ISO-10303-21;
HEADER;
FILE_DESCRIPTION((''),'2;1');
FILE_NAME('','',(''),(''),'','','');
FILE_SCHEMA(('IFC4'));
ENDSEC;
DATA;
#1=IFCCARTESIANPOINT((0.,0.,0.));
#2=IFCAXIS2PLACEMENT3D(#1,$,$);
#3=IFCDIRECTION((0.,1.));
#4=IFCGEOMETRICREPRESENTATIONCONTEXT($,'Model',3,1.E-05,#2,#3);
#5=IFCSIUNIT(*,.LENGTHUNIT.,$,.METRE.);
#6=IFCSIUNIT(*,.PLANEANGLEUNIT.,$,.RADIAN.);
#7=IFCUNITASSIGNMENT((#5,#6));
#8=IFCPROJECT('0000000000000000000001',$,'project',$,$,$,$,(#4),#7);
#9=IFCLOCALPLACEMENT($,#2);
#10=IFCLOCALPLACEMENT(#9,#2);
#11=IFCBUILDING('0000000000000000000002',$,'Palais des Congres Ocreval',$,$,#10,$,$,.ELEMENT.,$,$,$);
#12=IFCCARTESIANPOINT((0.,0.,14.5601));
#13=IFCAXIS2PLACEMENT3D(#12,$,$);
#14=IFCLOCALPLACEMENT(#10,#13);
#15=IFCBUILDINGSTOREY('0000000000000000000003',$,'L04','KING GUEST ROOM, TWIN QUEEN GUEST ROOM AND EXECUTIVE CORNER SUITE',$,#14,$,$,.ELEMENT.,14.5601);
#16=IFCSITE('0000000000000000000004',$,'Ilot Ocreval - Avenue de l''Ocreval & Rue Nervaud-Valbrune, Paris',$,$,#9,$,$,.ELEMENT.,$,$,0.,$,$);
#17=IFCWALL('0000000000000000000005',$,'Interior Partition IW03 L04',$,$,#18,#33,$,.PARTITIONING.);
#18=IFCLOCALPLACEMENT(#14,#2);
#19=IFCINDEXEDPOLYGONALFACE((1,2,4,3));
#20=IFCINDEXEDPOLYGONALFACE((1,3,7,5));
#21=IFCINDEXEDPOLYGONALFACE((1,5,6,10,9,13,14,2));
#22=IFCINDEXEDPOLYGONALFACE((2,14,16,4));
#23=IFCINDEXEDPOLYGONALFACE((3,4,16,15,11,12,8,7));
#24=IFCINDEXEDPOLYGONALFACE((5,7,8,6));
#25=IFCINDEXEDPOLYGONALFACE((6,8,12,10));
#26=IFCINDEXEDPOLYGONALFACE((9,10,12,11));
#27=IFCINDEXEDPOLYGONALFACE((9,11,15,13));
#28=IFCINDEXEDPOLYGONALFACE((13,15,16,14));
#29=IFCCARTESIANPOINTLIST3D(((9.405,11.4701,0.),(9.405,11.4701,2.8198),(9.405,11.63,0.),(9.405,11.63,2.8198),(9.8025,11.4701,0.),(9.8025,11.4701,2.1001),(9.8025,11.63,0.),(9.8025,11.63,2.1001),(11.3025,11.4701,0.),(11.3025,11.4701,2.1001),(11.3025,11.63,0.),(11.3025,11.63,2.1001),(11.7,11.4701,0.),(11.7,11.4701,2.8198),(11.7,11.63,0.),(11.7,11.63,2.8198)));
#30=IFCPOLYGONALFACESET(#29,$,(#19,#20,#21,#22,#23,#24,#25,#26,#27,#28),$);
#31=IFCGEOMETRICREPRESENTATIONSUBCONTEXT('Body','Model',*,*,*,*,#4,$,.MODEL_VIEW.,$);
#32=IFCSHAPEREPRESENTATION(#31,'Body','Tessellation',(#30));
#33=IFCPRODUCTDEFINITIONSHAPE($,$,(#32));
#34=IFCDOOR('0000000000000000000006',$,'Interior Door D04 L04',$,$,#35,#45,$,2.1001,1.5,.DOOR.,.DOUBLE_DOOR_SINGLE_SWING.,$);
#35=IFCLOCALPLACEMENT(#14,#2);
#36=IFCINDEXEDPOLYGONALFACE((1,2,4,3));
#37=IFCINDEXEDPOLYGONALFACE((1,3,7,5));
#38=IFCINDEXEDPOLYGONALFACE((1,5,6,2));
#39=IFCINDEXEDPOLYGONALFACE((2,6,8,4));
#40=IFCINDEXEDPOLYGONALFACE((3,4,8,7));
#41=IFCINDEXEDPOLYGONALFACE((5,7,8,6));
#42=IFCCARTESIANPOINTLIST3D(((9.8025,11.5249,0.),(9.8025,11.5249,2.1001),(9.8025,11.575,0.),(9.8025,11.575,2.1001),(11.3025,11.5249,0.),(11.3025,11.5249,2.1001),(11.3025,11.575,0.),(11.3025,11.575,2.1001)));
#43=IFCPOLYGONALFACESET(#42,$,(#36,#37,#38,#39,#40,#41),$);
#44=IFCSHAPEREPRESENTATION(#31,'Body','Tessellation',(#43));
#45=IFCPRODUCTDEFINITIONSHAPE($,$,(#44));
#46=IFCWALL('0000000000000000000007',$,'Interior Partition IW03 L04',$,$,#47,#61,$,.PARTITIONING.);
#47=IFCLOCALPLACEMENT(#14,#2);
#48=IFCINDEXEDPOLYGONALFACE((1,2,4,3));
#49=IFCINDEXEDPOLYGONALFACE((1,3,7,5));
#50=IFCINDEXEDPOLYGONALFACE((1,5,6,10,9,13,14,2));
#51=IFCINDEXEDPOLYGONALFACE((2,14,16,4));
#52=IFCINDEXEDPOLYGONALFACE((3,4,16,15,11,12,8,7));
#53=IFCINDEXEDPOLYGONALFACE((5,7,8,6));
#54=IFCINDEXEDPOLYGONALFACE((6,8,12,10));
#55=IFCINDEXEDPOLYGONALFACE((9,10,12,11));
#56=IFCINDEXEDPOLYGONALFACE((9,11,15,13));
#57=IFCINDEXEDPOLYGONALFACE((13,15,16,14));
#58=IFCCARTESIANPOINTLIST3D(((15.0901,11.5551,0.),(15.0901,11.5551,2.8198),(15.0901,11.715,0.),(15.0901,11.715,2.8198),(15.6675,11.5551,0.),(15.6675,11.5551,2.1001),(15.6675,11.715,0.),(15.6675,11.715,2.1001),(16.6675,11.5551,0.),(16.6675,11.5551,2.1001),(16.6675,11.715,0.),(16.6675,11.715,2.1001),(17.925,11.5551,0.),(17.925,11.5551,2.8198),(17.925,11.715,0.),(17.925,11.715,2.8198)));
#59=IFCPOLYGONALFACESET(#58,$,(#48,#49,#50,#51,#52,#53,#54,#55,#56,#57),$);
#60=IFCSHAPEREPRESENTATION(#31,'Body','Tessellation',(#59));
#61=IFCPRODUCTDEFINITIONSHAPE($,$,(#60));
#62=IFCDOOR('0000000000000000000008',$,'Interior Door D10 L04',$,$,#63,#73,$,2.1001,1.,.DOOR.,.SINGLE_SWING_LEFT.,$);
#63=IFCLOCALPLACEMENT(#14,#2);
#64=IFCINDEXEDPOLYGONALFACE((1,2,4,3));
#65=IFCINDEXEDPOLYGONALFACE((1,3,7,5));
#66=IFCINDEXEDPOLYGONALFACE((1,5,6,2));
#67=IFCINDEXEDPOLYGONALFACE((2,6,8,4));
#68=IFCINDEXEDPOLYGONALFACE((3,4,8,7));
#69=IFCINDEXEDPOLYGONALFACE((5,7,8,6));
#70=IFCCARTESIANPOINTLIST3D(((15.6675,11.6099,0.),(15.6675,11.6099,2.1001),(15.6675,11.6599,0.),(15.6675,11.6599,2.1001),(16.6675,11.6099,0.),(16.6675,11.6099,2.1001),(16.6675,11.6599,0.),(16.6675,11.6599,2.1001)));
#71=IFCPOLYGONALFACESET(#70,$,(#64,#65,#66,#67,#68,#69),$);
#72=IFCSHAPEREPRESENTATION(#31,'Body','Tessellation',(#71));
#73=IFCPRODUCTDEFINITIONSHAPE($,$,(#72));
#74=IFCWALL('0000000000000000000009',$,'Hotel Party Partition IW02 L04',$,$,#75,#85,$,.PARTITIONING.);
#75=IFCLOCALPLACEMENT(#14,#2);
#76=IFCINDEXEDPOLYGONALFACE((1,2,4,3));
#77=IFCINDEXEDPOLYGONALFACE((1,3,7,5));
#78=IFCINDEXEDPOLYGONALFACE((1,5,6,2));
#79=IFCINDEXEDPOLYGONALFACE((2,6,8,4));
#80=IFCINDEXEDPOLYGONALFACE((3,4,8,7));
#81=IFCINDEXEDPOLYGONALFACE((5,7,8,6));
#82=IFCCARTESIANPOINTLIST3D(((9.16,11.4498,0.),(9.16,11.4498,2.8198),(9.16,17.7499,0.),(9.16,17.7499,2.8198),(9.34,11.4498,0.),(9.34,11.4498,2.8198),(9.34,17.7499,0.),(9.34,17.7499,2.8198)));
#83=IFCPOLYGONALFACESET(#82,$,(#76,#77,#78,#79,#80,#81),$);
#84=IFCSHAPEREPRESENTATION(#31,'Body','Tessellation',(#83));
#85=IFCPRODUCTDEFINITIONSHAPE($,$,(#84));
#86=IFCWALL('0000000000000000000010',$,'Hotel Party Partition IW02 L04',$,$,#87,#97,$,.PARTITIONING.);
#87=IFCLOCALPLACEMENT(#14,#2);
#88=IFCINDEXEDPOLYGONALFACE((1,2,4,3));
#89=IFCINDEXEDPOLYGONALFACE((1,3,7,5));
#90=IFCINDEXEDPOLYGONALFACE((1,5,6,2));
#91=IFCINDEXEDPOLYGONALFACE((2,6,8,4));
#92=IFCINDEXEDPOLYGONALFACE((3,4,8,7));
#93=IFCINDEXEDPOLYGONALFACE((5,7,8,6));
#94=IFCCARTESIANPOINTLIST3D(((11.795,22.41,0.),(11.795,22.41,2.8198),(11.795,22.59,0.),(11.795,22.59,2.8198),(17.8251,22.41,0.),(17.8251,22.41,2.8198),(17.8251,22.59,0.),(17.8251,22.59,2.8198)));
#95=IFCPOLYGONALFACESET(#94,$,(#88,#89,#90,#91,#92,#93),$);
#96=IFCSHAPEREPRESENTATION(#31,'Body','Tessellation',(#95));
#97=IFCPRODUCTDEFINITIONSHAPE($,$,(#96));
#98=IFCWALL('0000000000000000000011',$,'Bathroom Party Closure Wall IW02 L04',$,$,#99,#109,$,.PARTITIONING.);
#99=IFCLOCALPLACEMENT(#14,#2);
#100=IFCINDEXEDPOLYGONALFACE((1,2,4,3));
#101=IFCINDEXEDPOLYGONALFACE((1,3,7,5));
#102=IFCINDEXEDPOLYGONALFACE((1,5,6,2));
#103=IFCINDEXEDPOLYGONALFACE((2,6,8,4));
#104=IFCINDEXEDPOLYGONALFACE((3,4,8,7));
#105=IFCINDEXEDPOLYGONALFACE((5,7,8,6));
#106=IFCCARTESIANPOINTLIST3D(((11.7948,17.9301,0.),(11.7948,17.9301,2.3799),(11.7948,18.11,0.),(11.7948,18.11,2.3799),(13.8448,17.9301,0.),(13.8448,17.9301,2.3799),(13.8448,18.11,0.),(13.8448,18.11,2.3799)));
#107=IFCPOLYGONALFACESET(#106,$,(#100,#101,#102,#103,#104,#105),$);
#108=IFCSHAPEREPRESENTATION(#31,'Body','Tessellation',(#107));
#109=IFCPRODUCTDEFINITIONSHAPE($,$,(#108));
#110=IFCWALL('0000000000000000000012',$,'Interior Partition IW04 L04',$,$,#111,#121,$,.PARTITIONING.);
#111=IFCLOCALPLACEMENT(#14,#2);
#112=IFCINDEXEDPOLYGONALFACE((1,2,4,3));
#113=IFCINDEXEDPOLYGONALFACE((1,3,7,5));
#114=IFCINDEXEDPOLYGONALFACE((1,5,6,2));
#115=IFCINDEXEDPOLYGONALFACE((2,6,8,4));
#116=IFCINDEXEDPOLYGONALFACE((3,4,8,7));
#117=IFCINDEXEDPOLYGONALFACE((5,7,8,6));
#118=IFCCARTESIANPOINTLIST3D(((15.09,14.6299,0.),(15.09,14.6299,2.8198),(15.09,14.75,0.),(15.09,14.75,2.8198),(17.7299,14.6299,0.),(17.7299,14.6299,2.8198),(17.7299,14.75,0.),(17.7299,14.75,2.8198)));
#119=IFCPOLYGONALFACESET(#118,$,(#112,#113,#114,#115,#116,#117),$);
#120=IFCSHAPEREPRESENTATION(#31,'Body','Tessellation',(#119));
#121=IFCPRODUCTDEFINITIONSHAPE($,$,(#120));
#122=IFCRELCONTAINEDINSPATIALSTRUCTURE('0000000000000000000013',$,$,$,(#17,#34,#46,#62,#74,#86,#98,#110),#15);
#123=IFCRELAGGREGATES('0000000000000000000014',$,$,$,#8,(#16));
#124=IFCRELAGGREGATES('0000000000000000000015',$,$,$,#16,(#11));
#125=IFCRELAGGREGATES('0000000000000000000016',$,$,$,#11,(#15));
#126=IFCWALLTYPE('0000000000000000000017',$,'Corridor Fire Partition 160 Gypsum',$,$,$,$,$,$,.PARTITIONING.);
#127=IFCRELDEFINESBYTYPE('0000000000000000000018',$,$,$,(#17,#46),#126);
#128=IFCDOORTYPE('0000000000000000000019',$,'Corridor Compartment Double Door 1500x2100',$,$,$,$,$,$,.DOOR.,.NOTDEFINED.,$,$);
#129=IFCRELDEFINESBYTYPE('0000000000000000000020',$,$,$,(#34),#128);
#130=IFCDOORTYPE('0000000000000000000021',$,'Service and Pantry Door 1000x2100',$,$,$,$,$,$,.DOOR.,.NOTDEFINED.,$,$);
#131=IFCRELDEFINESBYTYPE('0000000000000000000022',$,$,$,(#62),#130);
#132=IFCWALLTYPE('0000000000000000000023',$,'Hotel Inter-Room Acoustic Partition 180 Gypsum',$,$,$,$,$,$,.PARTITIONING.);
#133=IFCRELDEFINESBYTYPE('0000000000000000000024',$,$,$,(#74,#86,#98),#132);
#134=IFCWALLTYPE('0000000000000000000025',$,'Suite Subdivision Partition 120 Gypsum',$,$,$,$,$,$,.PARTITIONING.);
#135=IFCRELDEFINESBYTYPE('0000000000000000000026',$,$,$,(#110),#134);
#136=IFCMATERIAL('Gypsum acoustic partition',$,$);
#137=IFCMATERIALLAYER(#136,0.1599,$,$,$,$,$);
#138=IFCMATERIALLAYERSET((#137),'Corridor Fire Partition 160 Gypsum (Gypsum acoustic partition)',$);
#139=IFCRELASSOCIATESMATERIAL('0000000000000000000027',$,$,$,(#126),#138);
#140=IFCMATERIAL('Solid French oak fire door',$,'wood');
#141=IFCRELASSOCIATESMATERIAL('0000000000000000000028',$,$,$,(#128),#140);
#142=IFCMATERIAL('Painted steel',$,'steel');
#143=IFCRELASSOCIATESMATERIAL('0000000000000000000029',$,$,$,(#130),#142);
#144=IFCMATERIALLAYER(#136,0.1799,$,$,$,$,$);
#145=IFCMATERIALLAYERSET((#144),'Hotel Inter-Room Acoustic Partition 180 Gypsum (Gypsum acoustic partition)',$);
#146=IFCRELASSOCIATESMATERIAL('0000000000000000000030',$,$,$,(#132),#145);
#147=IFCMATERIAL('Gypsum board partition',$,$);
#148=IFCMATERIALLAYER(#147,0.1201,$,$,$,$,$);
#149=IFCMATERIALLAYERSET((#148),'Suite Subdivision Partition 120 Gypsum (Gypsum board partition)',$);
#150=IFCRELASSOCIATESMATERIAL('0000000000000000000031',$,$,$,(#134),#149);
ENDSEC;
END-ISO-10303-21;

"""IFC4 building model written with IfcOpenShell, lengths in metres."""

from ifc_helpers import new_model, si_unit, direction, frame, frame_2d, origin, place, context, subcontext, project, spatial, rectangle, extrude, material, layer, layer_set, type_object, element, fill, save


model = new_model("IFC4")

# Units and contexts
model_context = context("Model", 3, precision=1e-05, world=origin(), true_north=direction((0.0, 1.0)))
body_context = subcontext(model_context, "Body", "Model", "MODEL_VIEW")
ifc_project = project(units=[si_unit("LENGTHUNIT", "METRE"), si_unit("PLANEANGLEUNIT", "RADIAN")], contexts=[model_context])

# Site, building, storey
site_placement = place(None, origin())
site = spatial("IfcSite", under=ifc_project, at=site_placement, Name="Ilot Ocreval - Avenue de l'Ocreval & Rue Nervaud-Valbrune, Paris", CompositionType="ELEMENT", RefElevation=0.0)
building_placement = place(site_placement, origin())
building = spatial("IfcBuilding", under=site, at=building_placement, Name="Palais des Congres Ocreval", CompositionType="ELEMENT")
storey_placement = place(building_placement, frame((0.0, 0.0, 14.5601)))
storey = spatial("IfcBuildingStorey", under=building, at=storey_placement, Name="L04", Description="KING GUEST ROOM, TWIN QUEEN GUEST ROOM AND EXECUTIVE CORNER SUITE", CompositionType="ELEMENT", Elevation=14.5601)

# Shared definitions
ifc_material_1 = material(Name="Gypsum acoustic partition")
ifc_layer_1 = layer(ifc_material_1, 0.1599)
ifc_layer_set_1 = layer_set([ifc_layer_1], Name="Corridor Fire Partition 160 Gypsum (Gypsum acoustic partition)")
wall_type_1 = type_object("IfcWallType", Name="Corridor Fire Partition 160 Gypsum", PredefinedType="PARTITIONING", material=ifc_layer_set_1)

# Walls, openings, doors
wall_1_placement = place(storey_placement, frame((9.405, 11.55, 0.0), z_axis=(0.0, 0.0, 1.0), x_axis=(1.0, 0.0, 0.0)))
wall_1 = element("IfcWall", 1, at=wall_1_placement, inside=storey, type_object=wall_type_1, Name="Interior Partition IW03 L04", PredefinedType="PARTITIONING", context=body_context, shape_type="SweptSolid", body=[
    extrude(rectangle(XDim=2.2949, YDim=0.1599, at=frame_2d((1.1475, 0.0))), origin(), (0.0, 0.0, 1.0), 2.8198),
])
opening_1_placement = place(wall_1_placement, frame((0.3975, 0.0, 0.0)))
opening_1 = element("IfcOpeningElement", 2, at=opening_1_placement, cuts=wall_1, PredefinedType="OPENING", context=body_context, shape_type="SweptSolid", body=[
    extrude(rectangle(XDim=1.5, YDim=2.1001, at=frame_2d((0.75, 1.05))), frame((0.0, 0.0898, 0.0), z_axis=(0.0, -1.0, 0.0), x_axis=(1.0, 0.0, 0.0)), (0.0, 0.0, 1.0), 0.1799),
])
ifc_material_2 = material(Name="Solid French oak fire door", Category="wood")
door_type_1 = type_object("IfcDoorType", Name="Corridor Compartment Double Door 1500x2100", OperationType="NOTDEFINED", PredefinedType="DOOR", material=ifc_material_2)
door_1_placement = place(opening_1_placement, origin())
door_1 = element("IfcDoor", 3, at=door_1_placement, inside=storey, type_object=door_type_1, Name="Interior Door D04 L04", OperationType="DOUBLE_DOOR_SINGLE_SWING", OverallHeight=2.1001, OverallWidth=1.5, PredefinedType="DOOR", context=body_context, shape_type="SweptSolid", body=[
    extrude(rectangle(XDim=1.5, YDim=2.1001, at=frame_2d((0.75, 1.05))), frame((0.0, 0.0249, 0.0), z_axis=(0.0, -1.0, 0.0), x_axis=(1.0, 0.0, 0.0)), (0.0, 0.0, 1.0), 0.05),
])
fill(opening_1, door_1)
wall_2_placement = place(storey_placement, frame((15.0901, 11.635, 0.0), z_axis=(0.0, 0.0, 1.0), x_axis=(1.0, 0.0, 0.0)))
wall_2 = element("IfcWall", 4, at=wall_2_placement, inside=storey, type_object=wall_type_1, Name="Interior Partition IW03 L04", PredefinedType="PARTITIONING", context=body_context, shape_type="SweptSolid", body=[
    extrude(rectangle(XDim=2.835, YDim=0.1599, at=frame_2d((1.4175, 0.0))), origin(), (0.0, 0.0, 1.0), 2.8198),
])
opening_2_placement = place(wall_2_placement, frame((0.5774, 0.0, 0.0)))
opening_2 = element("IfcOpeningElement", 5, at=opening_2_placement, cuts=wall_2, PredefinedType="OPENING", context=body_context, shape_type="SweptSolid", body=[
    extrude(rectangle(XDim=1.0, YDim=2.1001, at=frame_2d((0.5, 1.05))), frame((0.0, 0.0898, 0.0), z_axis=(0.0, -1.0, 0.0), x_axis=(1.0, 0.0, 0.0)), (0.0, 0.0, 1.0), 0.1799),
])
ifc_material_3 = material(Name="Painted steel", Category="steel")
door_type_2 = type_object("IfcDoorType", Name="Service and Pantry Door 1000x2100", OperationType="NOTDEFINED", PredefinedType="DOOR", material=ifc_material_3)
door_2_placement = place(opening_2_placement, origin())
door_2 = element("IfcDoor", 6, at=door_2_placement, inside=storey, type_object=door_type_2, Name="Interior Door D10 L04", OperationType="SINGLE_SWING_LEFT", OverallHeight=2.1001, OverallWidth=1.0, PredefinedType="DOOR", context=body_context, shape_type="SweptSolid", body=[
    extrude(rectangle(XDim=1.0, YDim=2.1001, at=frame_2d((0.5, 1.05))), frame((0.0, 0.0249, 0.0), z_axis=(0.0, -1.0, 0.0), x_axis=(1.0, 0.0, 0.0)), (0.0, 0.0, 1.0), 0.05),
])
fill(opening_2, door_2)

# Walls
ifc_layer_2 = layer(ifc_material_1, 0.1799)
ifc_layer_set_2 = layer_set([ifc_layer_2], Name="Hotel Inter-Room Acoustic Partition 180 Gypsum (Gypsum acoustic partition)")
wall_type_2 = type_object("IfcWallType", Name="Hotel Inter-Room Acoustic Partition 180 Gypsum", PredefinedType="PARTITIONING", material=ifc_layer_set_2)
wall_3_placement = place(storey_placement, frame((9.25, 11.45, 0.0), z_axis=(0.0, 0.0, 1.0), x_axis=(0.0, 1.0, 0.0)))
element("IfcWall", 7, at=wall_3_placement, inside=storey, type_object=wall_type_2, Name="Hotel Party Partition IW02 L04", PredefinedType="PARTITIONING", context=body_context, shape_type="SweptSolid", body=[
    extrude(rectangle(XDim=6.3, YDim=0.1799, at=frame_2d((3.1499, 0.0))), origin(), (0.0, 0.0, 1.0), 2.8198),
])
wall_4_placement = place(storey_placement, frame((11.7949, 22.5, 0.0), z_axis=(0.0, 0.0, 1.0), x_axis=(1.0, 0.0, 0.0)))
element("IfcWall", 8, at=wall_4_placement, inside=storey, type_object=wall_type_2, Name="Hotel Party Partition IW02 L04", PredefinedType="PARTITIONING", context=body_context, shape_type="SweptSolid", body=[
    extrude(rectangle(XDim=6.03, YDim=0.1799, at=frame_2d((3.0151, 0.0))), origin(), (0.0, 0.0, 1.0), 2.8198),
])
wall_5_placement = place(storey_placement, frame((11.7949, 18.02, 0.0), z_axis=(0.0, 0.0, 1.0), x_axis=(1.0, 0.0, 0.0)))
element("IfcWall", 9, at=wall_5_placement, inside=storey, type_object=wall_type_2, Name="Bathroom Party Closure Wall IW02 L04", PredefinedType="PARTITIONING", context=body_context, shape_type="SweptSolid", body=[
    extrude(rectangle(XDim=2.05, YDim=0.1799, at=frame_2d((1.0249, 0.0))), origin(), (0.0, 0.0, 1.0), 2.3799),
])
ifc_material_4 = material(Name="Gypsum board partition")
ifc_layer_3 = layer(ifc_material_4, 0.1201)
ifc_layer_set_3 = layer_set([ifc_layer_3], Name="Suite Subdivision Partition 120 Gypsum (Gypsum board partition)")
wall_type_3 = type_object("IfcWallType", Name="Suite Subdivision Partition 120 Gypsum", PredefinedType="PARTITIONING", material=ifc_layer_set_3)
wall_6_placement = place(storey_placement, frame((15.0901, 14.6899, 0.0), z_axis=(0.0, 0.0, 1.0), x_axis=(1.0, 0.0, 0.0)))
element("IfcWall", 10, at=wall_6_placement, inside=storey, type_object=wall_type_3, Name="Interior Partition IW04 L04", PredefinedType="PARTITIONING", context=body_context, shape_type="SweptSolid", body=[
    extrude(rectangle(XDim=2.6399, YDim=0.1201, at=frame_2d((1.3198, 0.0))), origin(), (0.0, 0.0, 1.0), 2.8198),
])

save(model, "model.ifc")
